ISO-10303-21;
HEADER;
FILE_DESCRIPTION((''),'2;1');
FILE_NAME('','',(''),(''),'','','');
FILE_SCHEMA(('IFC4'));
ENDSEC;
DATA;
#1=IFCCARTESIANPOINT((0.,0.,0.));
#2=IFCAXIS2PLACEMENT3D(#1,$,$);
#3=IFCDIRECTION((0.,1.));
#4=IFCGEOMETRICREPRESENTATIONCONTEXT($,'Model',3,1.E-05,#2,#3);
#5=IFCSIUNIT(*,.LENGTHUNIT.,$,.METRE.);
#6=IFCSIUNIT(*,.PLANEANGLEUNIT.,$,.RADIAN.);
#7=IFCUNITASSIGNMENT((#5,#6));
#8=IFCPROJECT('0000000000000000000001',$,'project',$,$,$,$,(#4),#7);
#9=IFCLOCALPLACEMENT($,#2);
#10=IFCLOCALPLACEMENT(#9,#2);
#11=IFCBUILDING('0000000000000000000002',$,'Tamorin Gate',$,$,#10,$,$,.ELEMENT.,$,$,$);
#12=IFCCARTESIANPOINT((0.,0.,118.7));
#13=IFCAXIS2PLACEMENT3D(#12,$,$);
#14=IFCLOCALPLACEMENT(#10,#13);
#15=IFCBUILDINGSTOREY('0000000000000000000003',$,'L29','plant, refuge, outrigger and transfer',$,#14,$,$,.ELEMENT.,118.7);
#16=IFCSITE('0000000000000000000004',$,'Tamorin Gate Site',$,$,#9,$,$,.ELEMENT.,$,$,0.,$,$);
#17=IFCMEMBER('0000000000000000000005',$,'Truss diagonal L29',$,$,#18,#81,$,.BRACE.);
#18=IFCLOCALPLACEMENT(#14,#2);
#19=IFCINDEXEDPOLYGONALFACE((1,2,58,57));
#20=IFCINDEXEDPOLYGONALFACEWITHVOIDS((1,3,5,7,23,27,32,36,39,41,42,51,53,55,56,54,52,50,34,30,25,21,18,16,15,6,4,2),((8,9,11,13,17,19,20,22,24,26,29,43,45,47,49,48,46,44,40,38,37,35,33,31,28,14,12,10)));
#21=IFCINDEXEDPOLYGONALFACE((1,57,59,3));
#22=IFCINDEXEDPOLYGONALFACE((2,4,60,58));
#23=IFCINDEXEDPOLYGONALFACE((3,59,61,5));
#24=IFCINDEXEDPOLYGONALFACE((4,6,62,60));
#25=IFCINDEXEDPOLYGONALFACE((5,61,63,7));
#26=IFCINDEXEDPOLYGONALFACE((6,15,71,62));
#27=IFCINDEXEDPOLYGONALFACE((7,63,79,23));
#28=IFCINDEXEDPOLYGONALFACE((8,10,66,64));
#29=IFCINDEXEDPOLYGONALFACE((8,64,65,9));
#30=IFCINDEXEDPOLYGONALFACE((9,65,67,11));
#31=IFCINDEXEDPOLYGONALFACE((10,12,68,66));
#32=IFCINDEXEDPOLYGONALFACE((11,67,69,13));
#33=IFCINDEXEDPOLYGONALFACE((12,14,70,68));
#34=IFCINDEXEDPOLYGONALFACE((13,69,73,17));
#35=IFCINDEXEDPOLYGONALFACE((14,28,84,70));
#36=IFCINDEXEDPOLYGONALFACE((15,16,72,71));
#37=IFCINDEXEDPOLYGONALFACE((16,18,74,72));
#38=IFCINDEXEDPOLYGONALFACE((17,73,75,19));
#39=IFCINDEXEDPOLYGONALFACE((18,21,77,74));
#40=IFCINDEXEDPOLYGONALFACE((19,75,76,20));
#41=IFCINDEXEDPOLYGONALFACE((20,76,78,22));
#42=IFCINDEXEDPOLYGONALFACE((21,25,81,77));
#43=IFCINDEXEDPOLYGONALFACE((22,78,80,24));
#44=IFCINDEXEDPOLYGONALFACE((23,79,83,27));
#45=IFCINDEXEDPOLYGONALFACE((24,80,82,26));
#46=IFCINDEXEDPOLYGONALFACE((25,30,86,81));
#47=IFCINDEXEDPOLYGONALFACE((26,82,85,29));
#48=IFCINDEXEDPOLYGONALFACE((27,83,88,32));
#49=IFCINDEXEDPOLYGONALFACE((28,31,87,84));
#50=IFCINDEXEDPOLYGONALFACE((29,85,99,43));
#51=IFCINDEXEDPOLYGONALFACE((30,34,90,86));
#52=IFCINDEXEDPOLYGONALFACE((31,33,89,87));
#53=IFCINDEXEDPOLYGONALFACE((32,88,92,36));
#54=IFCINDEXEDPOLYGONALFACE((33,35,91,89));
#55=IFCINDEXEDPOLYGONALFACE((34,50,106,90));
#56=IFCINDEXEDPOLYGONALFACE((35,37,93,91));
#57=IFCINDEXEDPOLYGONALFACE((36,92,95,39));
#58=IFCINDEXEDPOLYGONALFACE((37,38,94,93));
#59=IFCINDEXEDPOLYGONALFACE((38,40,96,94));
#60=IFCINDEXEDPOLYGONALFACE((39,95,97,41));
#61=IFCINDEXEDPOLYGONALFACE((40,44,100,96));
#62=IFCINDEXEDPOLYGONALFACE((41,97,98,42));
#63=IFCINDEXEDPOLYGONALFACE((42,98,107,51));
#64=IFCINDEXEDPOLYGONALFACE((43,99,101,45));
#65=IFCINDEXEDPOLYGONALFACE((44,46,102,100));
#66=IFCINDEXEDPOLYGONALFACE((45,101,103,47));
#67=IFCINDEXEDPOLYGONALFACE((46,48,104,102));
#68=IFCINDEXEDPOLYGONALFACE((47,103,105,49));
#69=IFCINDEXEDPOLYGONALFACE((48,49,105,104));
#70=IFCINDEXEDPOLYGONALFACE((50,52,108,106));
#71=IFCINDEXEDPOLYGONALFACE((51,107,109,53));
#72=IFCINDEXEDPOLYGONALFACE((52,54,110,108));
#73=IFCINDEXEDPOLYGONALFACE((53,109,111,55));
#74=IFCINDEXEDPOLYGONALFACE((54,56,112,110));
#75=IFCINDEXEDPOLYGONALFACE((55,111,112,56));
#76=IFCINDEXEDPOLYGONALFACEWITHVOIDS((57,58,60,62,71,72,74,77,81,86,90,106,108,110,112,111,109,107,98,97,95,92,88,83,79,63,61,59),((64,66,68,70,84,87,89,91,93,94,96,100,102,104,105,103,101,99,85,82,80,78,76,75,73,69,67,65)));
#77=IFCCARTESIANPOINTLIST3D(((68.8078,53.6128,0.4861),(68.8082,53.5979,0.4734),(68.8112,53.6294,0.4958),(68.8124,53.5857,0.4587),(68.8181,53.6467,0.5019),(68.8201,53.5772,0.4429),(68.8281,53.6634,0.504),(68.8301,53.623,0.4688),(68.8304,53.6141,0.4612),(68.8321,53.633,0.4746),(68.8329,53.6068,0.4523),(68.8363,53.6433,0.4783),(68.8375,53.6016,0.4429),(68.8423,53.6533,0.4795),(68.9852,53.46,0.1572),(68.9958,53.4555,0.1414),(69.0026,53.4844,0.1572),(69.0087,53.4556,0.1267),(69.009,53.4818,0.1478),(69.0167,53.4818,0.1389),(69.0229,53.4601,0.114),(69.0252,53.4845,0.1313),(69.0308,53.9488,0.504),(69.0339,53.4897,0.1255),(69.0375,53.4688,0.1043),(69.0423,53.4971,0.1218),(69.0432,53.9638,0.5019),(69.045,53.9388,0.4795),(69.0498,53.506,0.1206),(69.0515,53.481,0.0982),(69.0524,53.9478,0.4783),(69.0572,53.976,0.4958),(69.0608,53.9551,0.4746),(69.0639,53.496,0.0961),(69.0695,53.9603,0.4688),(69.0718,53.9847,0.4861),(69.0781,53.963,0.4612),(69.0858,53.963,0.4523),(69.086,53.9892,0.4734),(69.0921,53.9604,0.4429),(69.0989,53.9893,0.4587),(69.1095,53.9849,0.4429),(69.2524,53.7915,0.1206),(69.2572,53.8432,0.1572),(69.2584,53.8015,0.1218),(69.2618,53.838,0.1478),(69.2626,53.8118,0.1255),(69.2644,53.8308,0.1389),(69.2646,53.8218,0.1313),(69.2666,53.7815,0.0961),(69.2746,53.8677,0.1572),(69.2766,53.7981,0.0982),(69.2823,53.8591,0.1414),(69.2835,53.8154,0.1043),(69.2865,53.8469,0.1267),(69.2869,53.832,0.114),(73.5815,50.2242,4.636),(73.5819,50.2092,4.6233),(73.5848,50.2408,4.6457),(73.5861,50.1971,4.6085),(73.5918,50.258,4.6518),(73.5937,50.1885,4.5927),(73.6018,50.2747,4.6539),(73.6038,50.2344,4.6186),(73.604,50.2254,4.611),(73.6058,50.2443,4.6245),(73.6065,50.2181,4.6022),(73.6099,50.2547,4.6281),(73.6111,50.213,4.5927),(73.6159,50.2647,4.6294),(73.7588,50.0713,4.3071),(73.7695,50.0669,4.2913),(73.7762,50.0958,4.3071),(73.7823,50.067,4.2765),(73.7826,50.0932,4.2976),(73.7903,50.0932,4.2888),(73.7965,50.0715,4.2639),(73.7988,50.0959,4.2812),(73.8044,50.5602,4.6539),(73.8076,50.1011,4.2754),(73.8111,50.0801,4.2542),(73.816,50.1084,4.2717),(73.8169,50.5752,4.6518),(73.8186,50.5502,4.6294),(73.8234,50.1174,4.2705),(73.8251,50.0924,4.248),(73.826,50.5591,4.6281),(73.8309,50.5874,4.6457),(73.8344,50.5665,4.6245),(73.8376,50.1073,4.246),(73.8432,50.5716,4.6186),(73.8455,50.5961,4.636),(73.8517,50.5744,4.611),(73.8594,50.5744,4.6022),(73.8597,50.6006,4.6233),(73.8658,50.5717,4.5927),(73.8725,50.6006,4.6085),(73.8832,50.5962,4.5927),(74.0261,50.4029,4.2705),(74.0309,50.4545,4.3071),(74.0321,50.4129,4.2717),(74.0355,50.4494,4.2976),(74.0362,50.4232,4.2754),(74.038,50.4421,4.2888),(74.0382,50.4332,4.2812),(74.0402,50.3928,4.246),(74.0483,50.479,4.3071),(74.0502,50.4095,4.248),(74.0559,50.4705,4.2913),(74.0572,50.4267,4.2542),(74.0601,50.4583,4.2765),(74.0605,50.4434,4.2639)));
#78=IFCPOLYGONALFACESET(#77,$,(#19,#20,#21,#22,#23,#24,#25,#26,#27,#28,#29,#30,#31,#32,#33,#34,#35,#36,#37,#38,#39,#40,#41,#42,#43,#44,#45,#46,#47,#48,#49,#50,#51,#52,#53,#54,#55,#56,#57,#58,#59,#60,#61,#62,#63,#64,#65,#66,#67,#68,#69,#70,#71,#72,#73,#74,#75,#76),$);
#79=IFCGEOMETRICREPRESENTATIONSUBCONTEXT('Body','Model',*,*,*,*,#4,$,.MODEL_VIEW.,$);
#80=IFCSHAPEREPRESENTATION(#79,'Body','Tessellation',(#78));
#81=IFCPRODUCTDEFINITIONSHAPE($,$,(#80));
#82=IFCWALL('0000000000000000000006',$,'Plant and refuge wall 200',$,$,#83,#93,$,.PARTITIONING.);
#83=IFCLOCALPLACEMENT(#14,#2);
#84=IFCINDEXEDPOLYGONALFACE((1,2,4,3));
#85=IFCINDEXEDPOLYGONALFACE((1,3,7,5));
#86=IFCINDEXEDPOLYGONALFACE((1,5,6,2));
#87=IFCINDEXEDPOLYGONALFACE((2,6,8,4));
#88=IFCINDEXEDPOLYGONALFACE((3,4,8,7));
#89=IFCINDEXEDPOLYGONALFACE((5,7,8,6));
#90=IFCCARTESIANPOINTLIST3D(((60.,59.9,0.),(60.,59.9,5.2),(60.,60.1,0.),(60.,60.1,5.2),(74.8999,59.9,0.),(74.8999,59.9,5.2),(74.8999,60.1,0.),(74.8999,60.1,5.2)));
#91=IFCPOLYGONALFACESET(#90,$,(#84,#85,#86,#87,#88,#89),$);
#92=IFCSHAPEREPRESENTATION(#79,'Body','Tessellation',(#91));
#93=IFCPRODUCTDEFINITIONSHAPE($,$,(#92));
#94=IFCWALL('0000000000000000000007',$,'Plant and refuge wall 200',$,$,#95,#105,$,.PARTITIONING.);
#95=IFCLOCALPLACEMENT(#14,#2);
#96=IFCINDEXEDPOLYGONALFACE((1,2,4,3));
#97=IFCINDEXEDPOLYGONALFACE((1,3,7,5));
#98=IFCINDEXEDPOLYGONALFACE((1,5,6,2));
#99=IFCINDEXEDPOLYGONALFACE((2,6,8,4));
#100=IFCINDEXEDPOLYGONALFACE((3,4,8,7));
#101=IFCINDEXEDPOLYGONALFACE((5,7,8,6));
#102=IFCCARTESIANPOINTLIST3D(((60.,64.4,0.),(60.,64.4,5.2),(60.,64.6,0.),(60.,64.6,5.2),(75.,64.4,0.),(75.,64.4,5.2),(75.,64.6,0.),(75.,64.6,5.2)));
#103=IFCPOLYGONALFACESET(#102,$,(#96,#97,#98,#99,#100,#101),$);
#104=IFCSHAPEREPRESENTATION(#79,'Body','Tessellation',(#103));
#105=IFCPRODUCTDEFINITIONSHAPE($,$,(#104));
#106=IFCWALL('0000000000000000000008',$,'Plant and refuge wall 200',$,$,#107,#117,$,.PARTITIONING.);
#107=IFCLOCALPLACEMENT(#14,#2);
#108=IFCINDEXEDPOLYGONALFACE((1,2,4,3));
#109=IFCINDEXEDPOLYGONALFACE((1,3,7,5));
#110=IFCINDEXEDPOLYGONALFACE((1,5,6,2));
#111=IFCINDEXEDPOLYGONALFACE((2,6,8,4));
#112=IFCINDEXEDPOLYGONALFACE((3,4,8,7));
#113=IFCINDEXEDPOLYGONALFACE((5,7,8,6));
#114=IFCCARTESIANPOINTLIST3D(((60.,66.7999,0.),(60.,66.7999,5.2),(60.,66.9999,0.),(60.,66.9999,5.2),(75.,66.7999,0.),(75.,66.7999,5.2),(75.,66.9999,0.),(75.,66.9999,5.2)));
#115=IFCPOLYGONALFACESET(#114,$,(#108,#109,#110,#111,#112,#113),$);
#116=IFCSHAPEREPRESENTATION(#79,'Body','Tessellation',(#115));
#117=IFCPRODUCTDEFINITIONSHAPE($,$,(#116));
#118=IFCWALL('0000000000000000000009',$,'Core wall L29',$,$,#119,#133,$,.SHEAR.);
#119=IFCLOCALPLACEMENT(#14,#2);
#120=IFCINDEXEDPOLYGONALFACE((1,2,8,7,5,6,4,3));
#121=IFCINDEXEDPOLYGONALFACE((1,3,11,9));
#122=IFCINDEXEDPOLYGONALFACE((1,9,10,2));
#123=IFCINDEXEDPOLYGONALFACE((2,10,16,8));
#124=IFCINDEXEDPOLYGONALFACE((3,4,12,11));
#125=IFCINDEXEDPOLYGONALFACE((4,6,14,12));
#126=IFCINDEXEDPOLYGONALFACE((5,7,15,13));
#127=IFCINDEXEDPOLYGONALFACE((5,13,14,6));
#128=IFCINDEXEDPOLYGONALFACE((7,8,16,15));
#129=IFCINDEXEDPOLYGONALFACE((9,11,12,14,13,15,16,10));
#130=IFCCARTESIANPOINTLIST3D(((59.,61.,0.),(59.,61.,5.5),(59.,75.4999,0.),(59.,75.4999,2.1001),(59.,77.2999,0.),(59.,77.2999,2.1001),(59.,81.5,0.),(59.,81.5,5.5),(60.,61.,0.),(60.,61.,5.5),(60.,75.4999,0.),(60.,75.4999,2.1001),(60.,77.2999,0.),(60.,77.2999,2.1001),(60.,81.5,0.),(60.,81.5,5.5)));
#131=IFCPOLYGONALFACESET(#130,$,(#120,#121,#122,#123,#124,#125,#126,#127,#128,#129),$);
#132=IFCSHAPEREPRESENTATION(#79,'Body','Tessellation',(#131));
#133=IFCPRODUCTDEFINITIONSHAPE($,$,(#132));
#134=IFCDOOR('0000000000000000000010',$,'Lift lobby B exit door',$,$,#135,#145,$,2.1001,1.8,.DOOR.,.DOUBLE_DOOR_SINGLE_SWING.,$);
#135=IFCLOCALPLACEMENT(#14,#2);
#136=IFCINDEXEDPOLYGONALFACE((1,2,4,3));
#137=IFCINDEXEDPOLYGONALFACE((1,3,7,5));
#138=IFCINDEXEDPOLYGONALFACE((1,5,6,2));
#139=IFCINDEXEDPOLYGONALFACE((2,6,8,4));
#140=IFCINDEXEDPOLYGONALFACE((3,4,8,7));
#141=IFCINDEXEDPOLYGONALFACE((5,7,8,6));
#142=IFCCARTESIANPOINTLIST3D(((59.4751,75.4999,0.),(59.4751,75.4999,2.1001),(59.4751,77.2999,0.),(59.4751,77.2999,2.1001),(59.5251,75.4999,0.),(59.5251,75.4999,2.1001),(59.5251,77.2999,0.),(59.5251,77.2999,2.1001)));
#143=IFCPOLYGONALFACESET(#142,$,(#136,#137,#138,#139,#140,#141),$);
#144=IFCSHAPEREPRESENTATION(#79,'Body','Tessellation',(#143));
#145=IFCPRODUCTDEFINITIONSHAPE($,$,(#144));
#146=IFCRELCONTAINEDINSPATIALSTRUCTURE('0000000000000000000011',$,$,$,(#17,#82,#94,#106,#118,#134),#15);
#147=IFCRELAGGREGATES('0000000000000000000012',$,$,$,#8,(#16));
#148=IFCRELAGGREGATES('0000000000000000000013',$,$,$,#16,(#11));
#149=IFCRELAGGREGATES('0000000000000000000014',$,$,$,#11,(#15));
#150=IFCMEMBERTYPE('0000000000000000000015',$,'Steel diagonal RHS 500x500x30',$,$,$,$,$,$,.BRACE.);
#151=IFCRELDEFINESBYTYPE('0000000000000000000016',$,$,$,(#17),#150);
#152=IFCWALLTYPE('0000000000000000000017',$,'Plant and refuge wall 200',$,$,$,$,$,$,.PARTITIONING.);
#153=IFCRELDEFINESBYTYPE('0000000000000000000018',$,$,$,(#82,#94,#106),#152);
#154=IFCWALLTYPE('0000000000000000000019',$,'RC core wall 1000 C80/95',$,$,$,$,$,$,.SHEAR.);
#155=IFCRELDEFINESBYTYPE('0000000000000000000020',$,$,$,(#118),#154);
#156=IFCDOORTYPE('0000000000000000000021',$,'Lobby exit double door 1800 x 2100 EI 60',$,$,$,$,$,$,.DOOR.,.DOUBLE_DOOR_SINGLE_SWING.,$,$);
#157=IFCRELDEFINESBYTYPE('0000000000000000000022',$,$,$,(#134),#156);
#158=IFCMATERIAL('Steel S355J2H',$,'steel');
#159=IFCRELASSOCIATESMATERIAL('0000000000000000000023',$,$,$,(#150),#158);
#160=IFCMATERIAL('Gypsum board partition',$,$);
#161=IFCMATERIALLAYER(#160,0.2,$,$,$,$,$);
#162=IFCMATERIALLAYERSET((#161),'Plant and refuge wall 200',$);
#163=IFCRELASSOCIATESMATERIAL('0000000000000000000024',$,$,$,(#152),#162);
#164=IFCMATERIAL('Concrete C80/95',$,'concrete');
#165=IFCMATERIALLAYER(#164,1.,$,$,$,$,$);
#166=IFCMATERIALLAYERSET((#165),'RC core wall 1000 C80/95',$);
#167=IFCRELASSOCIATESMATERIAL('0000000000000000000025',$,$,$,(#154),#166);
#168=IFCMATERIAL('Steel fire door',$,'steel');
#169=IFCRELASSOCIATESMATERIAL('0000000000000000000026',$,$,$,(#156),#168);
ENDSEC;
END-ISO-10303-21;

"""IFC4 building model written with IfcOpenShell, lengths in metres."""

from ifc_helpers import new_model, si_unit, direction, frame, frame_2d, origin, origin_2d, place, context, subcontext, project, spatial, rectangle, hollow_rectangle, extrude, material, layer, layer_set, material_profile, profile_set, type_object, element, fill, save


model = new_model("IFC4")

# Units and contexts
model_context = context("Model", 3, precision=1e-05, world=origin(), true_north=direction((0.0, 1.0)))
body_context = subcontext(model_context, "Body", "Model", "MODEL_VIEW")
ifc_project = project(units=[si_unit("LENGTHUNIT", "METRE"), si_unit("PLANEANGLEUNIT", "RADIAN")], contexts=[model_context])

# Site, building, storey
site_placement = place(None, origin())
site = spatial("IfcSite", under=ifc_project, at=site_placement, Name="Tamorin Gate Site", CompositionType="ELEMENT", RefElevation=0.0)
building_placement = place(site_placement, origin())
building = spatial("IfcBuilding", under=site, at=building_placement, Name="Tamorin Gate", CompositionType="ELEMENT")
storey_placement = place(building_placement, frame((0.0, 0.0, 118.7)))
storey = spatial("IfcBuildingStorey", under=building, at=storey_placement, Name="L29", Description="plant, refuge, outrigger and transfer", CompositionType="ELEMENT", Elevation=118.7)

# Shared definitions
ifc_material_1 = material(Name="Concrete C80/95", Category="concrete")

# Member
ifc_material_2 = material(Name="Steel S355J2H", Category="steel")
ifc_material_profile_1 = material_profile(ifc_material_2, hollow_rectangle(XDim=0.5, YDim=0.5, WallThickness=0.03, InnerFilletRadius=0.0449, OuterFilletRadius=0.075, at=origin_2d()), Name="RHS 500x500x30")
ifc_profile_set_1 = profile_set([ifc_material_profile_1], Name="Steel S355J2H")
member_type_1 = type_object("IfcMemberType", Name="Steel diagonal RHS 500x500x30", PredefinedType="BRACE", material=ifc_profile_set_1)
member_1_placement = place(storey_placement, frame((69.0474, 53.7224, 0.3), z_axis=(0.665243, -0.472233, 0.578315), x_axis=(0.578849, 0.815435, 0.0)))
element("IfcMember", 1, at=member_1_placement, inside=storey, type_object=member_type_1, Name="Truss diagonal L29", PredefinedType="BRACE", context=body_context, shape_type="SweptSolid", body=[
    extrude(hollow_rectangle(XDim=0.5, YDim=0.5, WallThickness=0.03, InnerFilletRadius=0.0449, OuterFilletRadius=0.075, at=origin_2d()), origin(), (0.0, 0.0, 1.0), 7.1758),
])

# Walls
ifc_material_3 = material(Name="Gypsum board partition")
ifc_layer_1 = layer(ifc_material_3, 0.2)
ifc_layer_set_1 = layer_set([ifc_layer_1], Name="Plant and refuge wall 200")
wall_type_1 = type_object("IfcWallType", Name="Plant and refuge wall 200", PredefinedType="PARTITIONING", material=ifc_layer_set_1)
wall_1_placement = place(storey_placement, frame((60.0, 60.0, 0.0), z_axis=(0.0, 0.0, 1.0), x_axis=(1.0, 0.0, 0.0)))
element("IfcWall", 2, at=wall_1_placement, inside=storey, type_object=wall_type_1, Name="Plant and refuge wall 200", PredefinedType="PARTITIONING", context=body_context, shape_type="SweptSolid", body=[
    extrude(rectangle(XDim=14.8999, YDim=0.2, at=frame_2d((7.45, 0.0))), origin(), (0.0, 0.0, 1.0), 5.2),
])
for number, where, z_axis, x_axis, name in (
    (3, (60.0, 64.5, 0.0), (0.0, 0.0, 1.0), (1.0, 0.0, 0.0), "Plant and refuge wall 200"),
    (4, (60.0, 66.8999, 0.0), (0.0, 0.0, 1.0), (1.0, 0.0, 0.0), "Plant and refuge wall 200"),
):
    element("IfcWall", number, at=place(storey_placement, frame(where, z_axis=z_axis, x_axis=x_axis)), inside=storey, type_object=wall_type_1, Name=name, PredefinedType="PARTITIONING", context=body_context, shape_type="SweptSolid", body=[
        extrude(rectangle(XDim=15.0, YDim=0.2, at=frame_2d((7.5, 0.0))), origin(), (0.0, 0.0, 1.0), 5.2),
    ])

# Wall, opening, door
ifc_layer_2 = layer(ifc_material_1, 1.0)
ifc_layer_set_2 = layer_set([ifc_layer_2], Name="RC core wall 1000 C80/95")
wall_type_2 = type_object("IfcWallType", Name="RC core wall 1000 C80/95", PredefinedType="SHEAR", material=ifc_layer_set_2)
wall_2_placement = place(storey_placement, frame((59.5, 61.0, 0.0), z_axis=(0.0, 0.0, 1.0), x_axis=(0.0, 1.0, 0.0)))
wall_2 = element("IfcWall", 5, at=wall_2_placement, inside=storey, type_object=wall_type_2, Name="Core wall L29", PredefinedType="SHEAR", context=body_context, shape_type="SweptSolid", body=[
    extrude(rectangle(XDim=20.5, YDim=1.0, at=frame_2d((10.25, 0.0))), origin(), (0.0, 0.0, 1.0), 5.5),
])
opening_placement = place(wall_2_placement, frame((14.5, 0.0, 0.0)))
opening = element("IfcOpeningElement", 6, at=opening_placement, cuts=wall_2, PredefinedType="OPENING", context=body_context, shape_type="SweptSolid", body=[
    extrude(rectangle(XDim=1.8, YDim=2.1001, at=frame_2d((0.8999, 1.05))), frame((0.0, 0.51, 0.0), z_axis=(0.0, -1.0, 0.0), x_axis=(1.0, 0.0, 0.0)), (0.0, 0.0, 1.0), 1.02),
])
ifc_material_4 = material(Name="Steel fire door", Category="steel")
door_type = type_object("IfcDoorType", Name="Lobby exit double door 1800 x 2100 EI 60", OperationType="DOUBLE_DOOR_SINGLE_SWING", PredefinedType="DOOR", material=ifc_material_4)
door_placement = place(opening_placement, origin())
door = element("IfcDoor", 7, at=door_placement, inside=storey, type_object=door_type, Name="Lift lobby B exit door", OperationType="DOUBLE_DOOR_SINGLE_SWING", OverallHeight=2.1001, OverallWidth=1.8, PredefinedType="DOOR", context=body_context, shape_type="SweptSolid", body=[
    extrude(rectangle(XDim=1.8, YDim=2.1001, at=frame_2d((0.8999, 1.05))), frame((0.0, 0.0249, 0.0), z_axis=(0.0, -1.0, 0.0), x_axis=(1.0, 0.0, 0.0)), (0.0, 0.0, 1.0), 0.05),
])
fill(opening, door)

save(model, "model.ifc")
